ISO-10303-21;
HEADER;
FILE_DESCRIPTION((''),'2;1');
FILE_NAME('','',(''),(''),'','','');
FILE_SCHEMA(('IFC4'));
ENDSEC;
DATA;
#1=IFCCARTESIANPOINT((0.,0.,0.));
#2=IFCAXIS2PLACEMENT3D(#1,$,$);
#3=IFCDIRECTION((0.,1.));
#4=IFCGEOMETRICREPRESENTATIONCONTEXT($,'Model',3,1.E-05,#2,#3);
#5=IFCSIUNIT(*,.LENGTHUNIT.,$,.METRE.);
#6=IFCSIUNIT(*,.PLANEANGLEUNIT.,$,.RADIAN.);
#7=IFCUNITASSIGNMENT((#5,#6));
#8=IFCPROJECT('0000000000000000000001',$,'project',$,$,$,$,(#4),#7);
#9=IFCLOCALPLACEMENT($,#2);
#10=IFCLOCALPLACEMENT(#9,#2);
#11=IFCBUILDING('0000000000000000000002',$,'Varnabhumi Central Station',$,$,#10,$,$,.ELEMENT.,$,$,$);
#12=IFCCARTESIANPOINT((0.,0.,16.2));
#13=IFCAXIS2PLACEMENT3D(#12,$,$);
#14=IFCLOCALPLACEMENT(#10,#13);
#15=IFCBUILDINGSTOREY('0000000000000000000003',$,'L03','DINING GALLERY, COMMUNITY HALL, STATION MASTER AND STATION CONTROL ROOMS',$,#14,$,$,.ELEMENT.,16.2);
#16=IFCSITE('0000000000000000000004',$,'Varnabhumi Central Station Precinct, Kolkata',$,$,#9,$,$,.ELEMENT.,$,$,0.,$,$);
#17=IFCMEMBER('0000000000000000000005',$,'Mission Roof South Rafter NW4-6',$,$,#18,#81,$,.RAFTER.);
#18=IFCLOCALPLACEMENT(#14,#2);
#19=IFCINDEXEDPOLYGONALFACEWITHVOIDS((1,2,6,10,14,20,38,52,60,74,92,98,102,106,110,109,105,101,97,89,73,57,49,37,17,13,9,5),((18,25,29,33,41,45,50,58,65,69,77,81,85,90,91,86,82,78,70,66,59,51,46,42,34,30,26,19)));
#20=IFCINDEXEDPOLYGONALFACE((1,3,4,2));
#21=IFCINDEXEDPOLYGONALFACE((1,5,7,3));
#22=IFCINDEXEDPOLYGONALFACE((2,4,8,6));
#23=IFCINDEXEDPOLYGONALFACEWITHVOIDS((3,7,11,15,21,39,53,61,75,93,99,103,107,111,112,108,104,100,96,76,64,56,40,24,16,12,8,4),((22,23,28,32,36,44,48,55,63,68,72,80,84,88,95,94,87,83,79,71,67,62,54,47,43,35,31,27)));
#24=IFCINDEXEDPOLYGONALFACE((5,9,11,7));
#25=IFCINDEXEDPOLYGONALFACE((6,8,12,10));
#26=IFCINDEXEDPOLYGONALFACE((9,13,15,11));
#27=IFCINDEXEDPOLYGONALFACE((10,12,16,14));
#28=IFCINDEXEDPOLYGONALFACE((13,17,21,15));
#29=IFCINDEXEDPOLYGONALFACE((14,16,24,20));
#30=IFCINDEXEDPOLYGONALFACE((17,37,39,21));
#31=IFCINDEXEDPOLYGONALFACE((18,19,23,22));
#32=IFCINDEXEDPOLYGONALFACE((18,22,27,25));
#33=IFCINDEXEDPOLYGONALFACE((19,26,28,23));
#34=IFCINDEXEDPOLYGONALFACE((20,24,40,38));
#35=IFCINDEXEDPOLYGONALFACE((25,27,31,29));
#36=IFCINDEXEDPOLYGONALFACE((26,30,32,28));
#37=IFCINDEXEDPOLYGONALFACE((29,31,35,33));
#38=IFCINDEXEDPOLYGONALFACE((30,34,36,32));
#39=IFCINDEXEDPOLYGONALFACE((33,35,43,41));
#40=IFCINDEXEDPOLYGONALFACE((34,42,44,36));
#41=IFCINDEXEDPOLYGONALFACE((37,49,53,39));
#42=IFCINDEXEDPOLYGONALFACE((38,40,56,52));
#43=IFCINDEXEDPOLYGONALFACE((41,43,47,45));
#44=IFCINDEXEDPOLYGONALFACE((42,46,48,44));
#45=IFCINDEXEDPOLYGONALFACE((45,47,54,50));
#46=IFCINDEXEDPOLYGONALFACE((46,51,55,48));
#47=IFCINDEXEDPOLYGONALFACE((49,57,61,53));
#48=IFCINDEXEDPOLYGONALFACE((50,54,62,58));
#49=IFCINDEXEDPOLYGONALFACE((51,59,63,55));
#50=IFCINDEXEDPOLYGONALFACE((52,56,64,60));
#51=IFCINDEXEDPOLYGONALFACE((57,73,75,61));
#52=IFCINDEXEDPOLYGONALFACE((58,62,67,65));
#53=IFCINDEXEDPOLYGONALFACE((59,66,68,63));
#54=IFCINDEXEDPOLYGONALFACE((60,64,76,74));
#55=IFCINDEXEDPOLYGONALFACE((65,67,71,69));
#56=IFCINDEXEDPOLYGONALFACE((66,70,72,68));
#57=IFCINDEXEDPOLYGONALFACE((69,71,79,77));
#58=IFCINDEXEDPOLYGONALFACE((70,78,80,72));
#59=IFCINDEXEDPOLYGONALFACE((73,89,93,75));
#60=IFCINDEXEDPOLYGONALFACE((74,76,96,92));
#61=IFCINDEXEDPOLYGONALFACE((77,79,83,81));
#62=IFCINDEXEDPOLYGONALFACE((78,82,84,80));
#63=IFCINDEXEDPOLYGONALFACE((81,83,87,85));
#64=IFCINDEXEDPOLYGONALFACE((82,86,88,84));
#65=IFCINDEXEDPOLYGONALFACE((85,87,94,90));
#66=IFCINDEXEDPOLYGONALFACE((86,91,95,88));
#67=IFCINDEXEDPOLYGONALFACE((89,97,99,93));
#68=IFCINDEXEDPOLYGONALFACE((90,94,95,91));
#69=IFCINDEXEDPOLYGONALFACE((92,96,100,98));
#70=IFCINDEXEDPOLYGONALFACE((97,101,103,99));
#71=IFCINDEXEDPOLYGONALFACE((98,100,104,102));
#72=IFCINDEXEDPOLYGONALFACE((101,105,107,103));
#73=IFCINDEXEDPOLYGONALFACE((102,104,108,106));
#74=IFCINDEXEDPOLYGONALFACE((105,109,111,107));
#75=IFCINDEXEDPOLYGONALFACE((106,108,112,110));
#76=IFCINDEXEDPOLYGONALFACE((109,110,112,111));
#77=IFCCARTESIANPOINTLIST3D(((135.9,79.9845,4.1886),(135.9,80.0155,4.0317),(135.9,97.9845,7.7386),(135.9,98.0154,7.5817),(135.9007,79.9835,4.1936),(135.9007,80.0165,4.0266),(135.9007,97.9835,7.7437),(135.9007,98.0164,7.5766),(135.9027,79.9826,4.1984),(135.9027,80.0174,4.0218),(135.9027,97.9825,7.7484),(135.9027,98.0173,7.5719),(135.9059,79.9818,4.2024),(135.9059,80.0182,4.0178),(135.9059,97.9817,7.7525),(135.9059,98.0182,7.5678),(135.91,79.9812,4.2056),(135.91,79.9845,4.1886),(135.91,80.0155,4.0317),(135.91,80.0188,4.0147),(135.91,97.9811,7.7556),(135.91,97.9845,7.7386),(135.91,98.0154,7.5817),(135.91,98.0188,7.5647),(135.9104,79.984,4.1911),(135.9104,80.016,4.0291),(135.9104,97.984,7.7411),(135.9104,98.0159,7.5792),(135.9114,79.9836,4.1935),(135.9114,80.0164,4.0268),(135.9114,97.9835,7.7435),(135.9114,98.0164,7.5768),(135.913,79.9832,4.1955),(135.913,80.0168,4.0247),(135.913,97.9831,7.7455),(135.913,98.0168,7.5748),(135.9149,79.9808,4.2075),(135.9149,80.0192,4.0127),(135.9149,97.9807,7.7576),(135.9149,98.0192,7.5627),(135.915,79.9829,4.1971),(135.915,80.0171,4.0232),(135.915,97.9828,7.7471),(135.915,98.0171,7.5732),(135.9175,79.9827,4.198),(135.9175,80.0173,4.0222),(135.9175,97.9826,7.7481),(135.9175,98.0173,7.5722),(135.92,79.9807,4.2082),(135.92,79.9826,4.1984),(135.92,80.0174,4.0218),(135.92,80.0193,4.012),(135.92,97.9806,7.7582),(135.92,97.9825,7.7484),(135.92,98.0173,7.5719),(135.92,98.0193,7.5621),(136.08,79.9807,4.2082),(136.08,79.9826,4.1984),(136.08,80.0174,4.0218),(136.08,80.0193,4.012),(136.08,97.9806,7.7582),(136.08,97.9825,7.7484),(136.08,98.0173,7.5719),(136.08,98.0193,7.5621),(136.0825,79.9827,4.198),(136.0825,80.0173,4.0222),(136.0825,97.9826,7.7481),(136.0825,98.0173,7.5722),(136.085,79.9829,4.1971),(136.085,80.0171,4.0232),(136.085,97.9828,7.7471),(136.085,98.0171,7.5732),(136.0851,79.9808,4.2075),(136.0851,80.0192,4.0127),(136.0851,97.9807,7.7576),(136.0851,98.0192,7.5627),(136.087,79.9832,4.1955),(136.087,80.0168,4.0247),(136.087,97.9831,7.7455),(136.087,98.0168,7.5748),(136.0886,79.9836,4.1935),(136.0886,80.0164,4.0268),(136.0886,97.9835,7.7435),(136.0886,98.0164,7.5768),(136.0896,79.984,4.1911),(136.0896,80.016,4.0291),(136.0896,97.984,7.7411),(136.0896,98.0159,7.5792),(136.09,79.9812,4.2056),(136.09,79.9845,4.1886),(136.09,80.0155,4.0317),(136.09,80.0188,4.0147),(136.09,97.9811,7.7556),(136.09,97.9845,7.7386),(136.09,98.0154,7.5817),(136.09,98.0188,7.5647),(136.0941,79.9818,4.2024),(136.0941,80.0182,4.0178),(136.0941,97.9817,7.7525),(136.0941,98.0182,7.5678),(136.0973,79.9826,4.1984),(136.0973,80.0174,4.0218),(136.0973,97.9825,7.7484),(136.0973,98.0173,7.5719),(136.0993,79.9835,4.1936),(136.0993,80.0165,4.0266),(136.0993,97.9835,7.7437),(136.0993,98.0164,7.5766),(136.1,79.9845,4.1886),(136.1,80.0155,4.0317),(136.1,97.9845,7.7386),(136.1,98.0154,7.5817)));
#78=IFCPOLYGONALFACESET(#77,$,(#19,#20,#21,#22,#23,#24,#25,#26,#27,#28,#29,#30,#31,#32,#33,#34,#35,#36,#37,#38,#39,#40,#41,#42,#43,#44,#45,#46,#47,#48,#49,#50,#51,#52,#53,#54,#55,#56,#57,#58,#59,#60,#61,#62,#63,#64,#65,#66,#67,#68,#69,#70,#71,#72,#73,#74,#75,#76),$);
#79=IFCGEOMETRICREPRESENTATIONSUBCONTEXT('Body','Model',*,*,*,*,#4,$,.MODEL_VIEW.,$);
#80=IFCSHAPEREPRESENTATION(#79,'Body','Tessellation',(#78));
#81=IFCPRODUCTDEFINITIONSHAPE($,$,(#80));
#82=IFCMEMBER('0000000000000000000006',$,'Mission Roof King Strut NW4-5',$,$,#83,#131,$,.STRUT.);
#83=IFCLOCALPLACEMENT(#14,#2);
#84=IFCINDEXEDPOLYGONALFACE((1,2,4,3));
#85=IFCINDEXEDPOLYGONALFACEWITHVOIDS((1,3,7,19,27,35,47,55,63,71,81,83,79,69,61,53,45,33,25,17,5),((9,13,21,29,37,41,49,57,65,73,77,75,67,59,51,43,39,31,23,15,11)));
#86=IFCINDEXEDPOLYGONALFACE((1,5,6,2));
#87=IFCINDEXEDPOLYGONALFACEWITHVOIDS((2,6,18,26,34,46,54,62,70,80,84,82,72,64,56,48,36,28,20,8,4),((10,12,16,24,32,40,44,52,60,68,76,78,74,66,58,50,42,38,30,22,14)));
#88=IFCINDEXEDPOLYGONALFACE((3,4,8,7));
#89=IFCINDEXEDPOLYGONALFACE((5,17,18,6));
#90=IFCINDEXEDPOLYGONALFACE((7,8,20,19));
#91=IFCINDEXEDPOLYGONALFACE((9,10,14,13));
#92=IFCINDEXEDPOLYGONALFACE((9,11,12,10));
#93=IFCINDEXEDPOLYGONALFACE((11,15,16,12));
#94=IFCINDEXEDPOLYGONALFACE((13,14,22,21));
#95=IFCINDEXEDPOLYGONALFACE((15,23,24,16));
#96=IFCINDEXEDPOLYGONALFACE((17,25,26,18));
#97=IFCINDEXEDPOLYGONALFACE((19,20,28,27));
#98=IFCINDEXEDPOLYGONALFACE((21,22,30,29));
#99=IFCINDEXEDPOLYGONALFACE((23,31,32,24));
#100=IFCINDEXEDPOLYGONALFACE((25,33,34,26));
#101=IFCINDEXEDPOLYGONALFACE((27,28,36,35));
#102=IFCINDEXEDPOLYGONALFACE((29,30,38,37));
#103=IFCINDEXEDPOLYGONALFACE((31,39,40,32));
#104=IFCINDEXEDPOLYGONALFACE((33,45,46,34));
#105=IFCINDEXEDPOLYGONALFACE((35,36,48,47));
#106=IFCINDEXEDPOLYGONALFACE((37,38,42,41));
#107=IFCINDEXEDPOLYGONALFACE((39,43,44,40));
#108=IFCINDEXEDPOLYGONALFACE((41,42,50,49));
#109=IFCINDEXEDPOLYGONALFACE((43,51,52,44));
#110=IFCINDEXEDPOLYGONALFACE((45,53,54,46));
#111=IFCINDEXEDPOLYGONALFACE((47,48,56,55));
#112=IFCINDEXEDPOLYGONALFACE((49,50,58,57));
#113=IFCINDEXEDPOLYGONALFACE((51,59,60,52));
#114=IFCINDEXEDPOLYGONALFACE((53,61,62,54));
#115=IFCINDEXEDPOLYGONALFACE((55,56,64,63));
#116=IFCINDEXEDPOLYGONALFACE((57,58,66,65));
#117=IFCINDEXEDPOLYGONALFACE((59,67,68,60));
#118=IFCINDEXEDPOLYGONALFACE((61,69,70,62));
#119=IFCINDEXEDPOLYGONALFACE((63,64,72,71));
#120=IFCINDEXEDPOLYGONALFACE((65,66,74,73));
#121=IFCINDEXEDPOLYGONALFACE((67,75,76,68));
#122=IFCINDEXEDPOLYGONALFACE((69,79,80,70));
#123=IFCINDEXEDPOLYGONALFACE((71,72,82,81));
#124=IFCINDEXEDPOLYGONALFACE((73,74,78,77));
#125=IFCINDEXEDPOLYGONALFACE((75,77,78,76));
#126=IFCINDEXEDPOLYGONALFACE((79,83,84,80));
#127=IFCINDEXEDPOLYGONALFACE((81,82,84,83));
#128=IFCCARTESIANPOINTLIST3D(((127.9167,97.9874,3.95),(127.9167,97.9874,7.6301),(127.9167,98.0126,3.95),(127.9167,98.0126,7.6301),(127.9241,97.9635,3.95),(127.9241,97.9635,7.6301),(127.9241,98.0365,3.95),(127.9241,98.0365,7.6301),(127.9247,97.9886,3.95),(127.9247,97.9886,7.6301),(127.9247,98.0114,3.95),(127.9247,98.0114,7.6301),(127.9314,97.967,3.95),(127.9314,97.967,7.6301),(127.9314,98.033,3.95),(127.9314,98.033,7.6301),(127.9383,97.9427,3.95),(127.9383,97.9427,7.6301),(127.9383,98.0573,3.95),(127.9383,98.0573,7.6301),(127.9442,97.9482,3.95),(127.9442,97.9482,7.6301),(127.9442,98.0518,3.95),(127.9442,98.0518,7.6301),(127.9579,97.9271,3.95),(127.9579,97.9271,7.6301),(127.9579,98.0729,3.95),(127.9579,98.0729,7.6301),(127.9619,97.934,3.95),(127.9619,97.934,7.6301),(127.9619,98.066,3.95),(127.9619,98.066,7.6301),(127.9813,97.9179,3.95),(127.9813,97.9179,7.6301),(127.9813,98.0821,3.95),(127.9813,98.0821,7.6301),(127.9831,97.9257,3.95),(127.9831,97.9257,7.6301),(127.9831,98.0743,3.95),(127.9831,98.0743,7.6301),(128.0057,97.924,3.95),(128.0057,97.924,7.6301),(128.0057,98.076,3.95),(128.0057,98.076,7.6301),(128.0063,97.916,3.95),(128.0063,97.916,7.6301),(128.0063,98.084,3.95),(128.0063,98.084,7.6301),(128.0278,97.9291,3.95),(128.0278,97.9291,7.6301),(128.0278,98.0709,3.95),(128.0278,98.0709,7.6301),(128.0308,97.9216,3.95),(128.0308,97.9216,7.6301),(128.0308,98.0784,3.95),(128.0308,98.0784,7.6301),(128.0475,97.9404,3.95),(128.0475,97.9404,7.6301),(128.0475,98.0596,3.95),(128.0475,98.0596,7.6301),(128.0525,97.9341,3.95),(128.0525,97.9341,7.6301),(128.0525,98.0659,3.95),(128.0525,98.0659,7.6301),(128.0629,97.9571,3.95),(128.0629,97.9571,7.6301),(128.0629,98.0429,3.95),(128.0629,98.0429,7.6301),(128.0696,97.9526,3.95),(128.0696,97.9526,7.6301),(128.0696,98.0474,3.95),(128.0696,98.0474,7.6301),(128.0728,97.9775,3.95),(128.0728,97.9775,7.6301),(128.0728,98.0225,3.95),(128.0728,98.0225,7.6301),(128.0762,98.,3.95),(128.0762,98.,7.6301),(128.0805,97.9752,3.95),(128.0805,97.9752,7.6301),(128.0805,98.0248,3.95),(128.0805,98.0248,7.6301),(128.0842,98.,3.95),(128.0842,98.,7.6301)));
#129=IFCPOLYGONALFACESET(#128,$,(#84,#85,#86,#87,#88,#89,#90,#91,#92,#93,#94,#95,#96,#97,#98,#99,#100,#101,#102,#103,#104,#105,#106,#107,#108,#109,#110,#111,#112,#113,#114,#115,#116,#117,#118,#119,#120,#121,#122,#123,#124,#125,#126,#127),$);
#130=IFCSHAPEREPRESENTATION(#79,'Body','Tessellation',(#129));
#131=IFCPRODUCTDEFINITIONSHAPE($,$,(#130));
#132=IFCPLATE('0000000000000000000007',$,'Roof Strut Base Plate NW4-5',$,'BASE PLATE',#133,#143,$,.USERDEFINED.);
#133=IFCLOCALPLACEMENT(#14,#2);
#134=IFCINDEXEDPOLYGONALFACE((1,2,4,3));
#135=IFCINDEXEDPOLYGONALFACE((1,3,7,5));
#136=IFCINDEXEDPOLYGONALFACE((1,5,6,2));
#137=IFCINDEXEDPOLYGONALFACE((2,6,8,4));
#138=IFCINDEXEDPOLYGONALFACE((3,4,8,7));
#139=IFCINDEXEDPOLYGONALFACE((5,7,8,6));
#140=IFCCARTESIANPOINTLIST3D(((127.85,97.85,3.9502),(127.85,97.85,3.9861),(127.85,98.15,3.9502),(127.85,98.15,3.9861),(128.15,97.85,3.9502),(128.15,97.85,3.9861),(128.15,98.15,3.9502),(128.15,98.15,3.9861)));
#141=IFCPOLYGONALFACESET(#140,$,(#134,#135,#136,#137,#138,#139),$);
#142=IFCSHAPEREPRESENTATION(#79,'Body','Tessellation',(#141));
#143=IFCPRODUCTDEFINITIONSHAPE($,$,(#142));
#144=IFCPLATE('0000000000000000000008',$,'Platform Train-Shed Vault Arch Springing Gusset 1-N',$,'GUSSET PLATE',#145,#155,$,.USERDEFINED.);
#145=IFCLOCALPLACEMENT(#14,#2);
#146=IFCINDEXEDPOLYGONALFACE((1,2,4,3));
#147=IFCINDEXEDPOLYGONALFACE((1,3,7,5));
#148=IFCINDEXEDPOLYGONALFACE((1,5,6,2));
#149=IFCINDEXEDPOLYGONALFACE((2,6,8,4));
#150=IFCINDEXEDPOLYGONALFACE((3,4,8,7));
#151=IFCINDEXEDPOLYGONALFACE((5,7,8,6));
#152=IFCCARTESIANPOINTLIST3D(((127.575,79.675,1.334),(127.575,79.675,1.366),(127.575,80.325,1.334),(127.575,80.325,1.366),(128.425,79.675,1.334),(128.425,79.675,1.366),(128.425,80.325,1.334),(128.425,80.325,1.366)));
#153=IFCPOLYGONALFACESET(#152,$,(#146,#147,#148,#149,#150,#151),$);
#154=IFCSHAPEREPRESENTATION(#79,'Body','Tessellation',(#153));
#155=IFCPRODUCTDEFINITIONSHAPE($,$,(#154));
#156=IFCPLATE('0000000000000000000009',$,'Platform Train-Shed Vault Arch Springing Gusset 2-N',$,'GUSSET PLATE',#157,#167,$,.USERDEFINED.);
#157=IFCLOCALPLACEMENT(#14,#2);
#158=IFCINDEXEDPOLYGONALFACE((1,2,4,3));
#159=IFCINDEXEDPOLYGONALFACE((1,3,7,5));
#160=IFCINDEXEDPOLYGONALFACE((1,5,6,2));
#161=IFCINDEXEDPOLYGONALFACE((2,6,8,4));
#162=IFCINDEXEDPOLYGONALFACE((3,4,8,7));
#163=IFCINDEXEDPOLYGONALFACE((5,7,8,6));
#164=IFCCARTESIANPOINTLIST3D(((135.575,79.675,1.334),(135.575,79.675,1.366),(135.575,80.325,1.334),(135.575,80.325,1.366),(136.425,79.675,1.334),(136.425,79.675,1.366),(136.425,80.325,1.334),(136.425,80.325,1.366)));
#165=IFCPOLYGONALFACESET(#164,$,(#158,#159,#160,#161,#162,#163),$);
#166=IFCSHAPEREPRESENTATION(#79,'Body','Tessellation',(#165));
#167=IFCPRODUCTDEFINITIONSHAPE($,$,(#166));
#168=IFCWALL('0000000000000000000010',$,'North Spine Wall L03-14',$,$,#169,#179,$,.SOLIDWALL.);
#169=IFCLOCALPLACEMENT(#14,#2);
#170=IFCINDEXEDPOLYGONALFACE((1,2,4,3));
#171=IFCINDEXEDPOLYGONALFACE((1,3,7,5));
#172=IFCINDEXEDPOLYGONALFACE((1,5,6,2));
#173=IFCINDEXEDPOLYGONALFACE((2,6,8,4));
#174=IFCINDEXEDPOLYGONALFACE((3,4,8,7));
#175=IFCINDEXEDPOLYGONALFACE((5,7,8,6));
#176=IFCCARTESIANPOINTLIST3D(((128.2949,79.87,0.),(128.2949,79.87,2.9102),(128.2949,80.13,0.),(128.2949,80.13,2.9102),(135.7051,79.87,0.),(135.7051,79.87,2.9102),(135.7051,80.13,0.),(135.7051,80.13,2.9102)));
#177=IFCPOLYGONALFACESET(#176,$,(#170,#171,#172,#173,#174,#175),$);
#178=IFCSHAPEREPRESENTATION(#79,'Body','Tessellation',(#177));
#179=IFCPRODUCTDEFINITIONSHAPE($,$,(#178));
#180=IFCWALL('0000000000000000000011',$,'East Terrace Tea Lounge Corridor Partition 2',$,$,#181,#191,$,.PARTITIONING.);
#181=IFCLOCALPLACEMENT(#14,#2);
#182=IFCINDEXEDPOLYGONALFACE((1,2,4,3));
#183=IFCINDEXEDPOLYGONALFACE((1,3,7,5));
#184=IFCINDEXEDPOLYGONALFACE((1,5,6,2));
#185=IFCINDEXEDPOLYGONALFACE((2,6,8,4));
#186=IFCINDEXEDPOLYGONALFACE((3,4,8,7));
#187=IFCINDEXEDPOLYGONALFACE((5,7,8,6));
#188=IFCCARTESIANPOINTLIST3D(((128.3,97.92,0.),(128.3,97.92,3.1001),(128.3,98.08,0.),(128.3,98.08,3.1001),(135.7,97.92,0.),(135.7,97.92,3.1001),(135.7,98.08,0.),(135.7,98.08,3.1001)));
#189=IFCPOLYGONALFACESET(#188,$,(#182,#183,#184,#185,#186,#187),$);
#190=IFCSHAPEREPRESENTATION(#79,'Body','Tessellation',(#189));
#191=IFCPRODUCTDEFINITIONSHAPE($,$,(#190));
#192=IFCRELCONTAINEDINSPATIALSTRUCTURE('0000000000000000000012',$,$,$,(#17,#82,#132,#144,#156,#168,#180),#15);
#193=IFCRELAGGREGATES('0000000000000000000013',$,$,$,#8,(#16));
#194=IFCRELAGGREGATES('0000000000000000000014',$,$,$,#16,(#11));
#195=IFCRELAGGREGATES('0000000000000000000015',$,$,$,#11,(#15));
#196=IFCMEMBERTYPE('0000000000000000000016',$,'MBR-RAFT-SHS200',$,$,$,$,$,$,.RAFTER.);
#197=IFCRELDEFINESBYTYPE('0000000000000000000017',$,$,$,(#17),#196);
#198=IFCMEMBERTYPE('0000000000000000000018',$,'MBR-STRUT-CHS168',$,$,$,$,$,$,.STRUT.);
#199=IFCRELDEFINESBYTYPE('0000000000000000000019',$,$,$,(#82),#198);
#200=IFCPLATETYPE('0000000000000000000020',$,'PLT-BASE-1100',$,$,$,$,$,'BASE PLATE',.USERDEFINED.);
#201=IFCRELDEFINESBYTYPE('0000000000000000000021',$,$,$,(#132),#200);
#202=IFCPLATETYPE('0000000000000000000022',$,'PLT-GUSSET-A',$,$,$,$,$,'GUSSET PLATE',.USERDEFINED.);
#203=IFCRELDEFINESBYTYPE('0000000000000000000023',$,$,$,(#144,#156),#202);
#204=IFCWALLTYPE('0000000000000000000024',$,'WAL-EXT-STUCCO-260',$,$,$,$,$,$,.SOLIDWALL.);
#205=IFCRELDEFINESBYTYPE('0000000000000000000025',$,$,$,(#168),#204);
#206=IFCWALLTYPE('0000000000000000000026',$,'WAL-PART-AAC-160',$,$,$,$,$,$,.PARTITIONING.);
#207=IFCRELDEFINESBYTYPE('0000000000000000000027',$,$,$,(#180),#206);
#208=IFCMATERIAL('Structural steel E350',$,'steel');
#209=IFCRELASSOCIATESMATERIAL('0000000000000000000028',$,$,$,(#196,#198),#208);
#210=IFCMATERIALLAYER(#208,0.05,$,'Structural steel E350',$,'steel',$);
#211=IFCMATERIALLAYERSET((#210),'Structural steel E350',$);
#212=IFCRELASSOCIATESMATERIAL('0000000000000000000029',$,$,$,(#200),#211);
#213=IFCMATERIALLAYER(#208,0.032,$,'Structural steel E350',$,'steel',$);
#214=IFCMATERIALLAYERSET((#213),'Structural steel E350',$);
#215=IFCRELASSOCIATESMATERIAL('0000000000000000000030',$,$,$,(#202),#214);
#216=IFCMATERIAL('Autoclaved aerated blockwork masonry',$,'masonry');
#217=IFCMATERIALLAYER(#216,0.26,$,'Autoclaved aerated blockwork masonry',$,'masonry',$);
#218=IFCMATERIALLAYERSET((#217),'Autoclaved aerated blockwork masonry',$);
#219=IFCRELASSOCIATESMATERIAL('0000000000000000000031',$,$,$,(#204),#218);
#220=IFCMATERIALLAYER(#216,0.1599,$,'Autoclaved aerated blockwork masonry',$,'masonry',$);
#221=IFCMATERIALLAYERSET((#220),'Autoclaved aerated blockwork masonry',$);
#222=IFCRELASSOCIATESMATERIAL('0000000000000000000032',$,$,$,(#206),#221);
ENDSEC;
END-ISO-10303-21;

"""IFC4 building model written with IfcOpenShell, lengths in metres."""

from ifc_helpers import new_model, si_unit, direction, frame, frame_2d, origin, origin_2d, place, context, subcontext, project, spatial, rectangle, hollow_rectangle, hollow_circle, extrude, material, layer, layer_set, material_profile, profile_set, type_object, element, save


model = new_model("IFC4")

# Units and contexts
model_context = context("Model", 3, precision=1e-05, world=origin(), true_north=direction((0.0, 1.0)))
body_context = subcontext(model_context, "Body", "Model", "MODEL_VIEW")
ifc_project = project(units=[si_unit("LENGTHUNIT", "METRE"), si_unit("PLANEANGLEUNIT", "RADIAN")], contexts=[model_context])

# Site, building, storey
site_placement = place(None, origin())
site = spatial("IfcSite", under=ifc_project, at=site_placement, Name="Varnabhumi Central Station Precinct, Kolkata", CompositionType="ELEMENT", RefElevation=0.0)
building_placement = place(site_placement, origin())
building = spatial("IfcBuilding", under=site, at=building_placement, Name="Varnabhumi Central Station", CompositionType="ELEMENT")
storey_placement = place(building_placement, frame((0.0, 0.0, 16.2)))
storey = spatial("IfcBuildingStorey", under=building, at=storey_placement, Name="L03", Description="DINING GALLERY, COMMUNITY HALL, STATION MASTER AND STATION CONTROL ROOMS", CompositionType="ELEMENT", Elevation=16.2)

# Shared definitions
ifc_material_1 = material(Name="Structural steel E350", Category="steel")

# Members
ifc_material_profile_1 = material_profile(ifc_material_1, hollow_rectangle(XDim=0.2, YDim=0.2, WallThickness=0.01, InnerFilletRadius=0.01, OuterFilletRadius=0.02, at=origin_2d()), Name="Structural steel E350", Category="steel")
ifc_profile_set_1 = profile_set([ifc_material_profile_1], Name="Structural steel E350")
member_type_1 = type_object("IfcMemberType", Name="MBR-RAFT-SHS200", PredefinedType="RAFTER", material=ifc_profile_set_1)
for number, where, z_axis, x_axis, name in (
    (1, (136.0, 80.0, 4.1101), (0.0, 0.981101, 0.193498), (-1.0, 0.0, 0.0), "Mission Roof South Rafter NW4-6"),
):
    element("IfcMember", number, at=place(storey_placement, frame(where, z_axis=z_axis, x_axis=x_axis)), inside=storey, type_object=member_type_1, Name=name, PredefinedType="RAFTER", context=body_context, shape_type="SweptSolid", body=[
        extrude(hollow_rectangle(XDim=0.2, YDim=0.2, WallThickness=0.01, InnerFilletRadius=0.01, OuterFilletRadius=0.02, at=origin_2d()), origin(), (0.0, 0.0, 1.0), 18.3467),
    ])
ifc_material_profile_2 = material_profile(ifc_material_1, hollow_circle(Radius=0.0842, WallThickness=0.0081, at=origin_2d()), Name="Structural steel E350", Category="steel")
ifc_profile_set_2 = profile_set([ifc_material_profile_2], Name="Structural steel E350")
member_type_2 = type_object("IfcMemberType", Name="MBR-STRUT-CHS168", PredefinedType="STRUT", material=ifc_profile_set_2)
member_1_placement = place(storey_placement, frame((128.0, 98.0, 3.95), z_axis=(0.0, 0.0, 1.0), x_axis=(1.0, 0.0, 0.0)))
element("IfcMember", 2, at=member_1_placement, inside=storey, type_object=member_type_2, Name="Mission Roof King Strut NW4-5", PredefinedType="STRUT", context=body_context, shape_type="SweptSolid", body=[
    extrude(hollow_circle(Radius=0.0842, WallThickness=0.0081, at=origin_2d()), origin(), (0.0, 0.0, 1.0), 3.6802),
])

# Plates
ifc_layer_1 = layer(ifc_material_1, 0.05, Name="Structural steel E350", Category="steel")
ifc_layer_set_1 = layer_set([ifc_layer_1], Name="Structural steel E350")
plate_type_1 = type_object("IfcPlateType", Name="PLT-BASE-1100", ElementType="BASE PLATE", PredefinedType="USERDEFINED", material=ifc_layer_set_1)
plate_placement = place(storey_placement, frame((128.0, 98.0, 3.9502), z_axis=(0.0, 0.0, 1.0), x_axis=(1.0, 0.0, 0.0)))
element("IfcPlate", 3, at=plate_placement, inside=storey, type_object=plate_type_1, Name="Roof Strut Base Plate NW4-5", ObjectType="BASE PLATE", PredefinedType="USERDEFINED", context=body_context, shape_type="SweptSolid", body=[
    extrude(rectangle(XDim=0.3, YDim=0.3, at=origin_2d()), origin(), (0.0, 0.0, 1.0), 0.0359),
])
ifc_layer_2 = layer(ifc_material_1, 0.032, Name="Structural steel E350", Category="steel")
ifc_layer_set_2 = layer_set([ifc_layer_2], Name="Structural steel E350")
plate_type_2 = type_object("IfcPlateType", Name="PLT-GUSSET-A", ElementType="GUSSET PLATE", PredefinedType="USERDEFINED", material=ifc_layer_set_2)
for number, where, z_axis, x_axis, name in (
    (4, (128.0, 80.0, 1.334), (0.0, 0.0, 1.0), (1.0, 0.0, 0.0), "Platform Train-Shed Vault Arch Springing Gusset 1-N"),
    (5, (136.0, 80.0, 1.334), (0.0, 0.0, 1.0), (1.0, 0.0, 0.0), "Platform Train-Shed Vault Arch Springing Gusset 2-N"),
):
    element("IfcPlate", number, at=place(storey_placement, frame(where, z_axis=z_axis, x_axis=x_axis)), inside=storey, type_object=plate_type_2, Name=name, ObjectType="GUSSET PLATE", PredefinedType="USERDEFINED", context=body_context, shape_type="SweptSolid", body=[
        extrude(rectangle(XDim=0.8501, YDim=0.6499, at=origin_2d()), origin(), (0.0, 0.0, 1.0), 0.032),
    ])

# Walls
ifc_material_2 = material(Name="Autoclaved aerated blockwork masonry", Category="masonry")
ifc_layer_3 = layer(ifc_material_2, 0.26, Name="Autoclaved aerated blockwork masonry", Category="masonry")
ifc_layer_set_3 = layer_set([ifc_layer_3], Name="Autoclaved aerated blockwork masonry")
wall_type_1 = type_object("IfcWallType", Name="WAL-EXT-STUCCO-260", PredefinedType="SOLIDWALL", material=ifc_layer_set_3)
wall_1_placement = place(storey_placement, frame((128.2949, 80.0, 0.0), z_axis=(0.0, 0.0, 1.0), x_axis=(1.0, 0.0, 0.0)))
element("IfcWall", 6, at=wall_1_placement, inside=storey, type_object=wall_type_1, Name="North Spine Wall L03-14", PredefinedType="SOLIDWALL", context=body_context, shape_type="SweptSolid", body=[
    extrude(rectangle(XDim=7.4102, YDim=0.26, at=frame_2d((3.7051, 0.0))), origin(), (0.0, 0.0, 1.0), 2.9102),
])
ifc_layer_4 = layer(ifc_material_2, 0.1599, Name="Autoclaved aerated blockwork masonry", Category="masonry")
ifc_layer_set_4 = layer_set([ifc_layer_4], Name="Autoclaved aerated blockwork masonry")
wall_type_2 = type_object("IfcWallType", Name="WAL-PART-AAC-160", PredefinedType="PARTITIONING", material=ifc_layer_set_4)
wall_2_placement = place(storey_placement, frame((128.3, 98.0, 0.0), z_axis=(0.0, 0.0, 1.0), x_axis=(1.0, 0.0, 0.0)))
element("IfcWall", 7, at=wall_2_placement, inside=storey, type_object=wall_type_2, Name="East Terrace Tea Lounge Corridor Partition 2", PredefinedType="PARTITIONING", context=body_context, shape_type="SweptSolid", body=[
    extrude(rectangle(XDim=7.3999, YDim=0.1599, at=frame_2d((3.7, 0.0))), origin(), (0.0, 0.0, 1.0), 3.1001),
])

save(model, "model.ifc")
